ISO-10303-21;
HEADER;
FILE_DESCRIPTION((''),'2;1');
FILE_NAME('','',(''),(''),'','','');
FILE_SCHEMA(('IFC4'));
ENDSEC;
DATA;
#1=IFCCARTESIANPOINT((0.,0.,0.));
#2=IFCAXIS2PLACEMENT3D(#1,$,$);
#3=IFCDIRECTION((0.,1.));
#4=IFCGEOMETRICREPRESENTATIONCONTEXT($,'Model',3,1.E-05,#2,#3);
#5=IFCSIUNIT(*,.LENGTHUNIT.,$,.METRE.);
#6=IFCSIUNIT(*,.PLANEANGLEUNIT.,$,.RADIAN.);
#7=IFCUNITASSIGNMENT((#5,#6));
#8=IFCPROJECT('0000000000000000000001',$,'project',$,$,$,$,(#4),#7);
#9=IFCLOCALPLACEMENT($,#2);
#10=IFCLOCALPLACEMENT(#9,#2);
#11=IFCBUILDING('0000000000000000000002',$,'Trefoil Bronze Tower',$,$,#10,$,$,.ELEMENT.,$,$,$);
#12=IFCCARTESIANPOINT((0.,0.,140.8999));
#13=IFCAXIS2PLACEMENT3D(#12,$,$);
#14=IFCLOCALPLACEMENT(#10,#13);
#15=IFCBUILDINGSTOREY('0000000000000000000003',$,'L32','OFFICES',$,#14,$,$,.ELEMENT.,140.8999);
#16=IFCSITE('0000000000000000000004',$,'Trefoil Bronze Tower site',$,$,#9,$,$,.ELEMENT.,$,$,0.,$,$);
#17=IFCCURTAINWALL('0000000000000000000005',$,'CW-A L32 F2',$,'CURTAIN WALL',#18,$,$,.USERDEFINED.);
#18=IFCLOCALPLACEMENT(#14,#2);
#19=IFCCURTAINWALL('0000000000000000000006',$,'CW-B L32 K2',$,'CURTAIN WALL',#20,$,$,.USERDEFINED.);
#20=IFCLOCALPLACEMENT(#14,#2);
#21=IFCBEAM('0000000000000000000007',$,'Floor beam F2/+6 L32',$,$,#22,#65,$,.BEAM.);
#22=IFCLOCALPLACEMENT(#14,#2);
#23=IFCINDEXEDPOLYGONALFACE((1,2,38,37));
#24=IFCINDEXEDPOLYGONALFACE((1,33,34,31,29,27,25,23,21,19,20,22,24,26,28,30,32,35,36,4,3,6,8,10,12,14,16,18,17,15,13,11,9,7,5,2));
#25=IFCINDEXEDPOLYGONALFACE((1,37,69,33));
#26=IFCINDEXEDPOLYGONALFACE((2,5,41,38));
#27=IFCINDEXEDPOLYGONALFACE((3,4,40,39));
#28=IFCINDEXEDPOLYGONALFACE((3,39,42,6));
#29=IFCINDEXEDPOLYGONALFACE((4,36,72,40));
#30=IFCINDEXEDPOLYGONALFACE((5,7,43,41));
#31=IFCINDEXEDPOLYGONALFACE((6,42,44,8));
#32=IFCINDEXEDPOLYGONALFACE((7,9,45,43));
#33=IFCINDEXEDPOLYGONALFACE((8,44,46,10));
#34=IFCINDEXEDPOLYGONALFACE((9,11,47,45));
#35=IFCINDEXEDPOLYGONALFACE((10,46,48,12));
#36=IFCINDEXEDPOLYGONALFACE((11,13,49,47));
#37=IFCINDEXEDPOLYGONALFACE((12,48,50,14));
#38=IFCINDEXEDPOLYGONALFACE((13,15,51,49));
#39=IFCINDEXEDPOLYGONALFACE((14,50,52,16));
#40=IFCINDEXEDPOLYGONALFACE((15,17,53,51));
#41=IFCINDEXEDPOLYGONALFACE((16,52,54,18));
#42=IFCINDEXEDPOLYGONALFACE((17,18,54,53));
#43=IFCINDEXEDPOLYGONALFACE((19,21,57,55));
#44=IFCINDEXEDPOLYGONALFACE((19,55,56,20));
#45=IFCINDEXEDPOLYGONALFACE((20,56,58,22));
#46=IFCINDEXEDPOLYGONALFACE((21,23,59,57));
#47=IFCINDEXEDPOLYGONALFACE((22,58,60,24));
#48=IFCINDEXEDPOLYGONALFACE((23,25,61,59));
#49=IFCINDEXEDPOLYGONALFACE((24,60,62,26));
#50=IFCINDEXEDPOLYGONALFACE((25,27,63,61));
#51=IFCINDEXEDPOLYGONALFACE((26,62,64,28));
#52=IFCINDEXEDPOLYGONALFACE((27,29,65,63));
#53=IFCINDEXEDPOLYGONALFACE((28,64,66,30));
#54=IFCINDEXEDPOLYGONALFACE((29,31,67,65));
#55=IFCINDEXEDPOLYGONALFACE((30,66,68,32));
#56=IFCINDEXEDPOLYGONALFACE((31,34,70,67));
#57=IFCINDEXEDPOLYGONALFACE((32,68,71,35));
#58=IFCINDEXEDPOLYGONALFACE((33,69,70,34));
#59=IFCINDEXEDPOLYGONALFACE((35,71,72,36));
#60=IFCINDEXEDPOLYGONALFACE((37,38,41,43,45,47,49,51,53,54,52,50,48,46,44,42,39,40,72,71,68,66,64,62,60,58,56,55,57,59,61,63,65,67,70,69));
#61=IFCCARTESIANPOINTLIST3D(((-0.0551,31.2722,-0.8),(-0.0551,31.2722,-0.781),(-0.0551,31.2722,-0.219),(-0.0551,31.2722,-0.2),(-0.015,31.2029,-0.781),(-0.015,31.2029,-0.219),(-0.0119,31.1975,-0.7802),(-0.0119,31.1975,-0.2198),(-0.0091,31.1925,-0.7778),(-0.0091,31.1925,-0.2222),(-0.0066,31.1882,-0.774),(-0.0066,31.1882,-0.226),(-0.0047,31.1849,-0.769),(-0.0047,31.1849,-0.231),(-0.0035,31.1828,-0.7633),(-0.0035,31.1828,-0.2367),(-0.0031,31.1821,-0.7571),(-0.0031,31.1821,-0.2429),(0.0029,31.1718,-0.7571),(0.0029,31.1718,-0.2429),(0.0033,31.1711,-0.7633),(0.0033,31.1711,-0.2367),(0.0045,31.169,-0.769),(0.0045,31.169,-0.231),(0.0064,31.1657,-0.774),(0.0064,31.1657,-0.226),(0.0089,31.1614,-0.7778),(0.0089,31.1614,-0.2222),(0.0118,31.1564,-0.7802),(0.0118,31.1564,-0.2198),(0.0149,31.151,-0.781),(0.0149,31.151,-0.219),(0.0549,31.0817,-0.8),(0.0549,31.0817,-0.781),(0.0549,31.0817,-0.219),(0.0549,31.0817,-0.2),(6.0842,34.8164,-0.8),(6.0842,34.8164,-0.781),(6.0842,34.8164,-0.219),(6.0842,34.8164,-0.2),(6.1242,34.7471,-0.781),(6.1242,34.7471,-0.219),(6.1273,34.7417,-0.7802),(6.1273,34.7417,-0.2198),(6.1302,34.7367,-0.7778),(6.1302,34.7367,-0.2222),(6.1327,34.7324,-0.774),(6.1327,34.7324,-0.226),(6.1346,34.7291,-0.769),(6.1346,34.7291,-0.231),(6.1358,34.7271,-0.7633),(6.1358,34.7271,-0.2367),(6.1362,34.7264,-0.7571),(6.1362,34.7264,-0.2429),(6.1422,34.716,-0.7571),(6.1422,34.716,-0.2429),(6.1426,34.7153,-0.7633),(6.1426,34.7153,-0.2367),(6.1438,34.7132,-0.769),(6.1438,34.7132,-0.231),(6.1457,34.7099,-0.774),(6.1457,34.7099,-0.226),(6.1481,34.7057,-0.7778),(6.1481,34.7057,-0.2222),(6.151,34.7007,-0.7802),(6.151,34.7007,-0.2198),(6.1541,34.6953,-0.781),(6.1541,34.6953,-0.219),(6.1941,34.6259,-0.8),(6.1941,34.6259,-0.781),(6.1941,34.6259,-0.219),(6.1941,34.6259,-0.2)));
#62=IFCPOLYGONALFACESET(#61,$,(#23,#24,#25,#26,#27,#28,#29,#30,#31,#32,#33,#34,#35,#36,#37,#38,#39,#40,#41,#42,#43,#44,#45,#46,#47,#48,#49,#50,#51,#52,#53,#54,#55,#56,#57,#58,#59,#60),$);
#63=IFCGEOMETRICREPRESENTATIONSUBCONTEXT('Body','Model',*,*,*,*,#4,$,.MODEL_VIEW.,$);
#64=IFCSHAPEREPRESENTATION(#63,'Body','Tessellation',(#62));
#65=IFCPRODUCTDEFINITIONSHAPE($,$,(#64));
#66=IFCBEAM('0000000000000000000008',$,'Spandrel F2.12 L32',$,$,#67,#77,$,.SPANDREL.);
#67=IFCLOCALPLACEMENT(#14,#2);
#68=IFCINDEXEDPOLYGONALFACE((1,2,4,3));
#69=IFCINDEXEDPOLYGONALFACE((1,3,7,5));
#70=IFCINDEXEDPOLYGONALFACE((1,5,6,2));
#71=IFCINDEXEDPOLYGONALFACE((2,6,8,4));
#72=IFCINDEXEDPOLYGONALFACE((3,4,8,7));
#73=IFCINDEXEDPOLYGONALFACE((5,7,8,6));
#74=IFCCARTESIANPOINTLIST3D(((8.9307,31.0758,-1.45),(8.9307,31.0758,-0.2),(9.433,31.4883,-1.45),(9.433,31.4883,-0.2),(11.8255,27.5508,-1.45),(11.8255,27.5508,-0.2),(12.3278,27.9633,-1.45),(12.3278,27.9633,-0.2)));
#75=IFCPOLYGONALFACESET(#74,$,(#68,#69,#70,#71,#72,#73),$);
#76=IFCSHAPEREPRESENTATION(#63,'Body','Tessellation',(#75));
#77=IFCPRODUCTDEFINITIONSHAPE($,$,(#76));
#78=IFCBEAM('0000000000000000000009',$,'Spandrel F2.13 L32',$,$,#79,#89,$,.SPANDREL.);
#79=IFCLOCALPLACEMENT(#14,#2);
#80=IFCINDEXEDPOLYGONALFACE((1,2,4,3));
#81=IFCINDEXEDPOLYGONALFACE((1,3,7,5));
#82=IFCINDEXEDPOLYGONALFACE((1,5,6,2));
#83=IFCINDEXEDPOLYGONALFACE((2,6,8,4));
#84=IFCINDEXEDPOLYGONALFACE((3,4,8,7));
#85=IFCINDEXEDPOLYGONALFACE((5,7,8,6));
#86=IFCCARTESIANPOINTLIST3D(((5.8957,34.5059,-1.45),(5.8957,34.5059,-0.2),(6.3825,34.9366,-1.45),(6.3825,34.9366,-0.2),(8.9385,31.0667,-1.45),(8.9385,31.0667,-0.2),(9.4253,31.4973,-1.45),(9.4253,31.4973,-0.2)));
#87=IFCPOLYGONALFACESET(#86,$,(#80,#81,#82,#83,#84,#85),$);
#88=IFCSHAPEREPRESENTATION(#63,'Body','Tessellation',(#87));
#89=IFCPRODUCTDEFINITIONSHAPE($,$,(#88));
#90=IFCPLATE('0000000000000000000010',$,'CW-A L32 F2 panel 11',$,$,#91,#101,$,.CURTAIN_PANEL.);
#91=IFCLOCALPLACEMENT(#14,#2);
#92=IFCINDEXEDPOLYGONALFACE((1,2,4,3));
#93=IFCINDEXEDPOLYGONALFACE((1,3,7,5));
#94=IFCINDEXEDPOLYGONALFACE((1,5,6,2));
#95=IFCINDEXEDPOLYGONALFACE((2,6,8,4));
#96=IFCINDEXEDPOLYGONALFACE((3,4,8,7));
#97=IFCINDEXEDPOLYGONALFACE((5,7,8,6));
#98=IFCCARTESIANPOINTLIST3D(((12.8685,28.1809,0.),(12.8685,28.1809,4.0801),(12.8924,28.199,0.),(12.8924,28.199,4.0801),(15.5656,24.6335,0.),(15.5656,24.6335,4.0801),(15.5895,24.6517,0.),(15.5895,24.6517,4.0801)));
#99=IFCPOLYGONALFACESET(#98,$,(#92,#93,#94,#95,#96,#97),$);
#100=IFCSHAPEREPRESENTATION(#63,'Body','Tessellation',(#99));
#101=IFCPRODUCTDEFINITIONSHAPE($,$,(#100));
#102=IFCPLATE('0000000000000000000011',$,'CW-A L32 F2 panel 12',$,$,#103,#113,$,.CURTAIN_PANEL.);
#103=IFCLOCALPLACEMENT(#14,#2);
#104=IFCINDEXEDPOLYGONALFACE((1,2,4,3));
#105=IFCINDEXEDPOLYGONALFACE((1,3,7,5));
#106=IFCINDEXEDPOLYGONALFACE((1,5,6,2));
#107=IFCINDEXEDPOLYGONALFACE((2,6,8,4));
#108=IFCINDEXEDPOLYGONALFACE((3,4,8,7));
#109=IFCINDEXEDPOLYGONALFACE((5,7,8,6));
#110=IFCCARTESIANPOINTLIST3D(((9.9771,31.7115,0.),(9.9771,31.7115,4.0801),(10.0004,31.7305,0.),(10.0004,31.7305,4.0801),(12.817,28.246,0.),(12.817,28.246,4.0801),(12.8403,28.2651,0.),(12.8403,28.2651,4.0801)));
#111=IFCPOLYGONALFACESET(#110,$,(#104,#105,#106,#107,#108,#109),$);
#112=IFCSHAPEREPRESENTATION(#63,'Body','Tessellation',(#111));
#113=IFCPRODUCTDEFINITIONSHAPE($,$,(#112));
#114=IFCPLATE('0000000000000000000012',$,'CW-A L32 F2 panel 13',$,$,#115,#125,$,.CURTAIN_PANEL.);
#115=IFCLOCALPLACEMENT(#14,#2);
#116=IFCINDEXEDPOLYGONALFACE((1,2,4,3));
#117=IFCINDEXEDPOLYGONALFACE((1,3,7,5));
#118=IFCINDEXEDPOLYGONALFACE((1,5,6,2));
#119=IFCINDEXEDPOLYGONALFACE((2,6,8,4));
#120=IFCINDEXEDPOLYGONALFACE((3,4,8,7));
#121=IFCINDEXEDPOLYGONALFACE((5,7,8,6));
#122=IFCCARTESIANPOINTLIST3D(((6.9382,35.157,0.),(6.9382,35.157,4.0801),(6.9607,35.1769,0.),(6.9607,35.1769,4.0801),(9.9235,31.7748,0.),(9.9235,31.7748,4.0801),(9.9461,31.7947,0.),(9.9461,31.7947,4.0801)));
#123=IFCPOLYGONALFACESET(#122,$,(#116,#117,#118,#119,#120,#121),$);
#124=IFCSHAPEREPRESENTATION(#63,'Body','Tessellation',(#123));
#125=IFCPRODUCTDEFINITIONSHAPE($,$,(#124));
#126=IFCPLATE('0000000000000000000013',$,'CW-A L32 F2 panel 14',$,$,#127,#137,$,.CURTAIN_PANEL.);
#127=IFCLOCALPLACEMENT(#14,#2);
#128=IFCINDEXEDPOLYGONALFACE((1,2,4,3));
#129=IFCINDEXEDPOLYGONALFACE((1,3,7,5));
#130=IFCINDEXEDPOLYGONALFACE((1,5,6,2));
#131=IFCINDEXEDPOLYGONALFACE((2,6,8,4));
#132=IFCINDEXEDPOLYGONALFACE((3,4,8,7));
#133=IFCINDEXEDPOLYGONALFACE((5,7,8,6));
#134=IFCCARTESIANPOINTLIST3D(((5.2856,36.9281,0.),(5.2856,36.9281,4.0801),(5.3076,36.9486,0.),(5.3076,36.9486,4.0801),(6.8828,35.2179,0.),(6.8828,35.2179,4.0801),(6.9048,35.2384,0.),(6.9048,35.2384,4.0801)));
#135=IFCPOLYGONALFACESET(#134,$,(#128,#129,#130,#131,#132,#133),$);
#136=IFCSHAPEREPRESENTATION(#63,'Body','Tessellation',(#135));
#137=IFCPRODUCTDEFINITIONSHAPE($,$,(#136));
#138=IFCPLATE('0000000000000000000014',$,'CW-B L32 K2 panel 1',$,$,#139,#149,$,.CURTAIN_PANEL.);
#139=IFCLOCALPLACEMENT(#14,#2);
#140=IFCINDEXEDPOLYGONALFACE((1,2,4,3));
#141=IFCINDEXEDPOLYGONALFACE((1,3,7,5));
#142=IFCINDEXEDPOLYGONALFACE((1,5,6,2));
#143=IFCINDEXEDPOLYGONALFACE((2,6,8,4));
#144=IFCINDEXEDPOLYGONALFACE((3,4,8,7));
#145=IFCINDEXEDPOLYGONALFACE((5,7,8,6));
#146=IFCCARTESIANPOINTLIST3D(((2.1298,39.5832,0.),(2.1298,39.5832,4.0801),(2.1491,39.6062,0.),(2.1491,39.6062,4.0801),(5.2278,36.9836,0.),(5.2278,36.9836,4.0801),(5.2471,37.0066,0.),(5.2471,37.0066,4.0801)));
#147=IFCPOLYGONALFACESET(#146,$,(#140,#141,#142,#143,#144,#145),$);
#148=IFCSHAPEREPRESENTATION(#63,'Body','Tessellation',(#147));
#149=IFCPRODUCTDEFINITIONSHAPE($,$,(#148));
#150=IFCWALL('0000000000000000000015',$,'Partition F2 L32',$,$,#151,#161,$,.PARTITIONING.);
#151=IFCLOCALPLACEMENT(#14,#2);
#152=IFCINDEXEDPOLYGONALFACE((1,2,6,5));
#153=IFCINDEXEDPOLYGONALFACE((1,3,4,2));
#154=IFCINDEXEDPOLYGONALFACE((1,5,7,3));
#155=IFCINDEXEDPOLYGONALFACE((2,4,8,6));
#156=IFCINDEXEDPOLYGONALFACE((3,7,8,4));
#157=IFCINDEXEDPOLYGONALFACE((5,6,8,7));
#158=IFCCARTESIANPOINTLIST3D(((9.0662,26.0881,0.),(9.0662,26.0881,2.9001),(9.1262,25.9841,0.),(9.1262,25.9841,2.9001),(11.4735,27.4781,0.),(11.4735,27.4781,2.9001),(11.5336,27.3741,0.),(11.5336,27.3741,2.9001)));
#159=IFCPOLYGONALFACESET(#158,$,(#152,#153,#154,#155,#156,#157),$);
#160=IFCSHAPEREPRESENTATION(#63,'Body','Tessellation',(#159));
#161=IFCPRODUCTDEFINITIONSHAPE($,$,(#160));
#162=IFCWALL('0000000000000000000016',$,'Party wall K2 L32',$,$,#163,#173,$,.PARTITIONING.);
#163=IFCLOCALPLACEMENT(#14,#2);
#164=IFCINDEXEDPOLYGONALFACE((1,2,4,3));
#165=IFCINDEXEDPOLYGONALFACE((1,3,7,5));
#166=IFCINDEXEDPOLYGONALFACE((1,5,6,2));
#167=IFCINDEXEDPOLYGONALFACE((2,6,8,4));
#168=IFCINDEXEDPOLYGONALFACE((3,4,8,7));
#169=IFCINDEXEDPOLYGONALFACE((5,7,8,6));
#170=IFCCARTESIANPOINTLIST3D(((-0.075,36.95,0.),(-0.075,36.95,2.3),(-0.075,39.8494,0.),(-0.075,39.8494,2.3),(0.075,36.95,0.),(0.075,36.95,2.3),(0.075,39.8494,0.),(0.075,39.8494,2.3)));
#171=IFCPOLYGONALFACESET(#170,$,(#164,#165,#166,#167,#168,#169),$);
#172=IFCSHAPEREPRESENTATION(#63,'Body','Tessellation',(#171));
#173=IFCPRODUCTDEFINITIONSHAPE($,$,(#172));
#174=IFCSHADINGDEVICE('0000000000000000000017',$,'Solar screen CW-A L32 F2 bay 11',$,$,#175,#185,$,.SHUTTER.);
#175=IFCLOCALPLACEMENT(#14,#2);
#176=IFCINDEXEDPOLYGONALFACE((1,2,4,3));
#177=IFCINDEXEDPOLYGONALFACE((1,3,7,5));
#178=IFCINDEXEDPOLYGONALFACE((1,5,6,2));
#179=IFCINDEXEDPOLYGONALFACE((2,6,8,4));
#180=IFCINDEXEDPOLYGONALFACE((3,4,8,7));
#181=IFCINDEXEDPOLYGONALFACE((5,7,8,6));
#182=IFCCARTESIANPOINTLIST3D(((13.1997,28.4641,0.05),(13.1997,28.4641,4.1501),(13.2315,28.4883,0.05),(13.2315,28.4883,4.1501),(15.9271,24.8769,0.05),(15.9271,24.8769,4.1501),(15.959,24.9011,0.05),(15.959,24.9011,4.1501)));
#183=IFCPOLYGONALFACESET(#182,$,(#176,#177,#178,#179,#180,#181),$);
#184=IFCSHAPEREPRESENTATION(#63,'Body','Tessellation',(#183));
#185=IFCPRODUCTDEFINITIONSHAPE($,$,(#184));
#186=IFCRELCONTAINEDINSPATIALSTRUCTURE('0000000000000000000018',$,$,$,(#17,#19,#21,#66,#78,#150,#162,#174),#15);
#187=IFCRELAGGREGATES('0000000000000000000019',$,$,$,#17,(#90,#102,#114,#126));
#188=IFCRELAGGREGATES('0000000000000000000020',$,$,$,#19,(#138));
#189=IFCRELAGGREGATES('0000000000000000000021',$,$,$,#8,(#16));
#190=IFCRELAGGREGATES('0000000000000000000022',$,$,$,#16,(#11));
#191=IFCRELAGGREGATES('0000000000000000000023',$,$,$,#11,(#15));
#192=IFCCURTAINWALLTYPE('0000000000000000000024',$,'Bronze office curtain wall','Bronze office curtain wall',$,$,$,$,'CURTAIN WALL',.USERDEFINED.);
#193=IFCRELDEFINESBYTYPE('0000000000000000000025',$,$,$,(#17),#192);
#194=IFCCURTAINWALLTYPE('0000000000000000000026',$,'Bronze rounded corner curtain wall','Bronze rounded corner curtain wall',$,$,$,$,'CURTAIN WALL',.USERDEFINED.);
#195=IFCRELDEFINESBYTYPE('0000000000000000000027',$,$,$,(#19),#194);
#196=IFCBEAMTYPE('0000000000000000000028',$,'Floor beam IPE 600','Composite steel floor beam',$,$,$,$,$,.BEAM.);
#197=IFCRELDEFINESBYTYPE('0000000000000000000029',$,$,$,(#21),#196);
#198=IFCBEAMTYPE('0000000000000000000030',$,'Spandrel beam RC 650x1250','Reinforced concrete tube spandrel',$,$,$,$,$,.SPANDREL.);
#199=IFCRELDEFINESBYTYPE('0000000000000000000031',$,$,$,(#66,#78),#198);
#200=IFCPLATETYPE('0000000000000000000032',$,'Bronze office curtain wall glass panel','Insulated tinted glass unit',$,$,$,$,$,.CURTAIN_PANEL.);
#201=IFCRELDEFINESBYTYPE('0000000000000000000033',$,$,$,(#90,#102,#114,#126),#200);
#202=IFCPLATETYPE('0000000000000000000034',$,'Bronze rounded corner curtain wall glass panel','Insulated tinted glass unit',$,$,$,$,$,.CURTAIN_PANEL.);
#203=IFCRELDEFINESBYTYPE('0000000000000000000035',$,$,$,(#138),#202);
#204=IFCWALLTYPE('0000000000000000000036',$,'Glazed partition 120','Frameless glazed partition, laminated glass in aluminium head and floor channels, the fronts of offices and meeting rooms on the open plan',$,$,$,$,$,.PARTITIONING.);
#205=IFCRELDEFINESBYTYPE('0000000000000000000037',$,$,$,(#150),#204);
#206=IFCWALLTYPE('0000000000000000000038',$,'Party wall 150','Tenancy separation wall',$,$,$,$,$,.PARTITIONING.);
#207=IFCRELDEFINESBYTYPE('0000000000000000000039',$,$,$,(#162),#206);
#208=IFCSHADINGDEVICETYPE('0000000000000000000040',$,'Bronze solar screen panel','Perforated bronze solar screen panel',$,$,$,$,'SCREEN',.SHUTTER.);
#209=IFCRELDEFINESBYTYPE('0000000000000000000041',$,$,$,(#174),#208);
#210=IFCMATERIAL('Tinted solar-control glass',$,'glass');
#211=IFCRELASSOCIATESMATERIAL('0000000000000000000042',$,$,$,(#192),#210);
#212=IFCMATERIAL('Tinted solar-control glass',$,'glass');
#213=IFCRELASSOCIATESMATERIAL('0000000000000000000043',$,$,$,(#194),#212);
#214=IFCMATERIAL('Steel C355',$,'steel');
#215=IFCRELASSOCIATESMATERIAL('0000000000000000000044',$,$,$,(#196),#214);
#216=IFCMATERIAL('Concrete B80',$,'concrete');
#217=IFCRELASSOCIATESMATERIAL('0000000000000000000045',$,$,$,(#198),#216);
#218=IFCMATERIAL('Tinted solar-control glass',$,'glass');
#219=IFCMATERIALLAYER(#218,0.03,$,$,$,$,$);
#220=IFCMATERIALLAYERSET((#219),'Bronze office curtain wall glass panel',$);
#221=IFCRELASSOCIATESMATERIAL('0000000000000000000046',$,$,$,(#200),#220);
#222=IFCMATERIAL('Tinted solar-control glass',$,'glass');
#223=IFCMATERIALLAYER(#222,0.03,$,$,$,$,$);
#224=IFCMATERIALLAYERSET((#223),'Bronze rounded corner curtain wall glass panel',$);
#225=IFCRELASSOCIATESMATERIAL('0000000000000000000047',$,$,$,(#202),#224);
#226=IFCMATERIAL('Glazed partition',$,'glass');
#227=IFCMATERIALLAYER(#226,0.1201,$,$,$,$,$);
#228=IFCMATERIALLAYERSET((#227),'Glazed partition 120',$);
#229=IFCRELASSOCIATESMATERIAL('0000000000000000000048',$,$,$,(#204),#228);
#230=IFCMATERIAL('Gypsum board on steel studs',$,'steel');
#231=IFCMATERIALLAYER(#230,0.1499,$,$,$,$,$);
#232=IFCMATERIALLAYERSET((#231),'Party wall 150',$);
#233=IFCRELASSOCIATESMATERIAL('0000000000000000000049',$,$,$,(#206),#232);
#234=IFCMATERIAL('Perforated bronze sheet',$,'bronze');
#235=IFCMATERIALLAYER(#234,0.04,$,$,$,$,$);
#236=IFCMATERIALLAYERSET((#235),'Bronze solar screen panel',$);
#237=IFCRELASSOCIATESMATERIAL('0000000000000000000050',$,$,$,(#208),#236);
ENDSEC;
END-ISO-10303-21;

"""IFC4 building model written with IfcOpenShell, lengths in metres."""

from ifc_helpers import new_model, si_unit, direction, frame, frame_2d, origin, origin_2d, place, context, subcontext, project, spatial, rectangle, i_section, extrude, material, layer, layer_set, material_profile, profile_set, type_object, element, aggregate, save


model = new_model("IFC4")

# Units and contexts
model_context = context("Model", 3, precision=1e-05, world=origin(), true_north=direction((0.0, 1.0)))
body_context = subcontext(model_context, "Body", "Model", "MODEL_VIEW")
ifc_project = project(units=[si_unit("LENGTHUNIT", "METRE"), si_unit("PLANEANGLEUNIT", "RADIAN")], contexts=[model_context])

# Site, building, storey
site_placement = place(None, origin())
site = spatial("IfcSite", under=ifc_project, at=site_placement, Name="Trefoil Bronze Tower site", CompositionType="ELEMENT", RefElevation=0.0)
building_placement = place(site_placement, origin())
building = spatial("IfcBuilding", under=site, at=building_placement, Name="Trefoil Bronze Tower", CompositionType="ELEMENT")
storey_placement = place(building_placement, frame((0.0, 0.0, 140.8999)))
storey = spatial("IfcBuildingStorey", under=building, at=storey_placement, Name="L32", Description="OFFICES", CompositionType="ELEMENT", Elevation=140.8999)

# Curtain walls
ifc_material_1 = material(Name="Tinted solar-control glass", Category="glass")
curtain_wall_type_1 = type_object("IfcCurtainWallType", Name="Bronze office curtain wall", Description="Bronze office curtain wall", ElementType="CURTAIN WALL", PredefinedType="USERDEFINED", material=ifc_material_1)
curtain_wall_1_placement = place(storey_placement, origin())
curtain_wall_1 = element("IfcCurtainWall", 1, at=curtain_wall_1_placement, inside=storey, type_object=curtain_wall_type_1, Name="CW-A L32 F2", ObjectType="CURTAIN WALL", PredefinedType="USERDEFINED")
ifc_material_2 = material(Name="Tinted solar-control glass", Category="glass")
curtain_wall_type_2 = type_object("IfcCurtainWallType", Name="Bronze rounded corner curtain wall", Description="Bronze rounded corner curtain wall", ElementType="CURTAIN WALL", PredefinedType="USERDEFINED", material=ifc_material_2)
curtain_wall_2_placement = place(storey_placement, origin())
curtain_wall_2 = element("IfcCurtainWall", 2, at=curtain_wall_2_placement, inside=storey, type_object=curtain_wall_type_2, Name="CW-B L32 K2", ObjectType="CURTAIN WALL", PredefinedType="USERDEFINED")

# Beams
ifc_material_3 = material(Name="Steel C355", Category="steel")
ifc_material_profile_1 = material_profile(ifc_material_3, i_section(OverallWidth=0.22, OverallDepth=0.6001, WebThickness=0.012, FlangeThickness=0.019, FilletRadius=0.0239, at=origin_2d()), Name="IPE 600")
ifc_profile_set_1 = profile_set([ifc_material_profile_1], Name="Steel C355")
beam_type_1 = type_object("IfcBeamType", Name="Floor beam IPE 600", Description="Composite steel floor beam", PredefinedType="BEAM", material=ifc_profile_set_1)
beam_1_placement = place(storey_placement, frame((6.1392, 34.7212, -0.5), z_axis=(-0.866041, -0.499973, 0.0), x_axis=(0.499973, -0.866041, 0.0)))
element("IfcBeam", 3, at=beam_1_placement, inside=storey, type_object=beam_type_1, Name="Floor beam F2/+6 L32", PredefinedType="BEAM", context=body_context, shape_type="SweptSolid", body=[
    extrude(i_section(OverallWidth=0.22, OverallDepth=0.6001, WebThickness=0.012, FlangeThickness=0.019, FilletRadius=0.0239, at=origin_2d()), origin(), (0.0, 0.0, 1.0), 7.0889),
])
ifc_material_4 = material(Name="Concrete B80", Category="concrete")
ifc_material_profile_2 = material_profile(ifc_material_4, rectangle(XDim=0.6499, YDim=1.25, at=origin_2d()), Name="RC 650x1250")
ifc_profile_set_2 = profile_set([ifc_material_profile_2], Name="Concrete B80")
beam_type_2 = type_object("IfcBeamType", Name="Spandrel beam RC 650x1250", Description="Reinforced concrete tube spandrel", PredefinedType="SPANDREL", material=ifc_profile_set_2)
beam_2_placement = place(storey_placement, frame((12.0767, 27.7571, -0.825), z_axis=(-0.63465, 0.772799, 0.0), x_axis=(-0.772799, -0.63465, 0.0)))
element("IfcBeam", 4, at=beam_2_placement, inside=storey, type_object=beam_type_2, Name="Spandrel F2.12 L32", PredefinedType="SPANDREL", context=body_context, shape_type="SweptSolid", body=[
    extrude(rectangle(XDim=0.6499, YDim=1.25, at=origin_2d()), origin(), (0.0, 0.0, 1.0), 4.5613),
])
beam_3_placement = place(storey_placement, frame((9.1819, 31.282, -0.825), z_axis=(-0.662616, 0.748959, 0.0), x_axis=(-0.748959, -0.662616, 0.0)))
element("IfcBeam", 5, at=beam_3_placement, inside=storey, type_object=beam_type_2, Name="Spandrel F2.13 L32", PredefinedType="SPANDREL", context=body_context, shape_type="SweptSolid", body=[
    extrude(rectangle(XDim=0.6499, YDim=1.25, at=origin_2d()), origin(), (0.0, 0.0, 1.0), 4.592),
])

# Plates
ifc_material_5 = material(Name="Tinted solar-control glass", Category="glass")
ifc_layer_1 = layer(ifc_material_5, 0.03)
ifc_layer_set_1 = layer_set([ifc_layer_1], Name="Bronze office curtain wall glass panel")
plate_type_1 = type_object("IfcPlateType", Name="Bronze office curtain wall glass panel", Description="Insulated tinted glass unit", PredefinedType="CURTAIN_PANEL", material=ifc_layer_set_1)
plate_1_placement = place(storey_placement, frame((14.229, 26.4163, 0.0), z_axis=(0.0, 0.0, 1.0), x_axis=(-0.605252, 0.796034, 0.0)))
plate_1 = element("IfcPlate", 6, at=plate_1_placement, type_object=plate_type_1, Name="CW-A L32 F2 panel 11", PredefinedType="CURTAIN_PANEL", context=body_context, shape_type="SweptSolid", body=[
    extrude(rectangle(XDim=4.4563, YDim=0.03, at=origin_2d()), origin(), (0.0, 0.0, 1.0), 4.0801),
])
plate_2_placement = place(storey_placement, frame((11.4087, 29.9883, 0.0), z_axis=(0.0, 0.0, 1.0), x_axis=(-0.63384, 0.773464, 0.0)))
plate_2 = element("IfcPlate", 7, at=plate_2_placement, type_object=plate_type_1, Name="CW-A L32 F2 panel 12", PredefinedType="CURTAIN_PANEL", context=body_context, shape_type="SweptSolid", body=[
    extrude(rectangle(XDim=4.4805, YDim=0.03, at=origin_2d()), origin(), (0.0, 0.0, 1.0), 4.0801),
])
plate_3_placement = place(storey_placement, frame((8.4421, 33.4758, 0.0), z_axis=(0.0, 0.0, 1.0), x_axis=(-0.661751, 0.749723, 0.0)))
plate_3 = element("IfcPlate", 8, at=plate_3_placement, type_object=plate_type_1, Name="CW-A L32 F2 panel 13", PredefinedType="CURTAIN_PANEL", context=body_context, shape_type="SweptSolid", body=[
    extrude(rectangle(XDim=4.5112, YDim=0.03, at=origin_2d()), origin(), (0.0, 0.0, 1.0), 4.0801),
])
plate_4_placement = place(storey_placement, frame((6.0952, 36.0833, 0.0), z_axis=(0.0, 0.0, 1.0), x_axis=(-0.682536, 0.730852, 0.0)))
plate_4 = element("IfcPlate", 9, at=plate_4_placement, type_object=plate_type_1, Name="CW-A L32 F2 panel 14", PredefinedType="CURTAIN_PANEL", context=body_context, shape_type="SweptSolid", body=[
    extrude(rectangle(XDim=2.3401, YDim=0.03, at=origin_2d()), origin(), (0.0, 0.0, 1.0), 4.0801),
])
aggregate(curtain_wall_1, [plate_1, plate_2, plate_3, plate_4])
ifc_material_6 = material(Name="Tinted solar-control glass", Category="glass")
ifc_layer_2 = layer(ifc_material_6, 0.03)
ifc_layer_set_2 = layer_set([ifc_layer_2], Name="Bronze rounded corner curtain wall glass panel")
plate_type_2 = type_object("IfcPlateType", Name="Bronze rounded corner curtain wall glass panel", Description="Insulated tinted glass unit", PredefinedType="CURTAIN_PANEL", material=ifc_layer_set_2)
plate_5_placement = place(storey_placement, frame((3.6885, 38.2949, 0.0), z_axis=(0.0, 0.0, 1.0), x_axis=(-0.766044, 0.642788, 0.0)))
plate_5 = element("IfcPlate", 10, at=plate_5_placement, type_object=plate_type_2, Name="CW-B L32 K2 panel 1", PredefinedType="CURTAIN_PANEL", context=body_context, shape_type="SweptSolid", body=[
    extrude(rectangle(XDim=4.0442, YDim=0.03, at=origin_2d()), origin(), (0.0, 0.0, 1.0), 4.0801),
])
aggregate(curtain_wall_2, [plate_5])

# Walls
ifc_material_7 = material(Name="Glazed partition", Category="glass")
ifc_layer_3 = layer(ifc_material_7, 0.1201)
ifc_layer_set_3 = layer_set([ifc_layer_3], Name="Glazed partition 120")
wall_type_1 = type_object("IfcWallType", Name="Glazed partition 120", Description="Frameless glazed partition, laminated glass in aluminium head and floor channels, the fronts of offices and meeting rooms on the open plan", PredefinedType="PARTITIONING", material=ifc_layer_set_3)
wall_1_placement = place(storey_placement, frame((9.0962, 26.0361, 0.0), z_axis=(0.0, 0.0, 1.0), x_axis=(0.866013, 0.500021, 0.0)))
element("IfcWall", 11, at=wall_1_placement, inside=storey, type_object=wall_type_1, Name="Partition F2 L32", PredefinedType="PARTITIONING", context=body_context, shape_type="SweptSolid", body=[
    extrude(rectangle(XDim=2.7798, YDim=0.1201, at=frame_2d((1.3899, 0.0))), origin(), (0.0, 0.0, 1.0), 2.9001),
])
ifc_material_8 = material(Name="Gypsum board on steel studs", Category="steel")
ifc_layer_4 = layer(ifc_material_8, 0.1499)
ifc_layer_set_4 = layer_set([ifc_layer_4], Name="Party wall 150")
wall_type_2 = type_object("IfcWallType", Name="Party wall 150", Description="Tenancy separation wall", PredefinedType="PARTITIONING", material=ifc_layer_set_4)
wall_2_placement = place(storey_placement, frame((0.0, 36.95, 0.0), z_axis=(0.0, 0.0, 1.0), x_axis=(0.0, 1.0, 0.0)))
element("IfcWall", 12, at=wall_2_placement, inside=storey, type_object=wall_type_2, Name="Party wall K2 L32", PredefinedType="PARTITIONING", context=body_context, shape_type="SweptSolid", body=[
    extrude(rectangle(XDim=2.8994, YDim=0.1499, at=frame_2d((1.4497, 0.0))), origin(), (0.0, 0.0, 1.0), 2.3),
])

# Shading device
ifc_material_9 = material(Name="Perforated bronze sheet", Category="bronze")
ifc_layer_5 = layer(ifc_material_9, 0.04)
ifc_layer_set_5 = layer_set([ifc_layer_5], Name="Bronze solar screen panel")
shading_device_type = type_object("IfcShadingDeviceType", Name="Bronze solar screen panel", Description="Perforated bronze solar screen panel", ElementType="SCREEN", PredefinedType="SHUTTER", material=ifc_layer_set_5)
shading_device_1_placement = place(storey_placement, frame((14.5793, 26.6826, 0.05), z_axis=(0.0, 0.0, 1.0), x_axis=(-0.605252, 0.796034, 0.0)))
element("IfcShadingDevice", 13, at=shading_device_1_placement, inside=storey, type_object=shading_device_type, Name="Solar screen CW-A L32 F2 bay 11", PredefinedType="SHUTTER", context=body_context, shape_type="SweptSolid", body=[
    extrude(rectangle(XDim=4.5063, YDim=0.04, at=origin_2d()), origin(), (0.0, 0.0, 1.0), 4.1001),
])

save(model, "model.ifc")
